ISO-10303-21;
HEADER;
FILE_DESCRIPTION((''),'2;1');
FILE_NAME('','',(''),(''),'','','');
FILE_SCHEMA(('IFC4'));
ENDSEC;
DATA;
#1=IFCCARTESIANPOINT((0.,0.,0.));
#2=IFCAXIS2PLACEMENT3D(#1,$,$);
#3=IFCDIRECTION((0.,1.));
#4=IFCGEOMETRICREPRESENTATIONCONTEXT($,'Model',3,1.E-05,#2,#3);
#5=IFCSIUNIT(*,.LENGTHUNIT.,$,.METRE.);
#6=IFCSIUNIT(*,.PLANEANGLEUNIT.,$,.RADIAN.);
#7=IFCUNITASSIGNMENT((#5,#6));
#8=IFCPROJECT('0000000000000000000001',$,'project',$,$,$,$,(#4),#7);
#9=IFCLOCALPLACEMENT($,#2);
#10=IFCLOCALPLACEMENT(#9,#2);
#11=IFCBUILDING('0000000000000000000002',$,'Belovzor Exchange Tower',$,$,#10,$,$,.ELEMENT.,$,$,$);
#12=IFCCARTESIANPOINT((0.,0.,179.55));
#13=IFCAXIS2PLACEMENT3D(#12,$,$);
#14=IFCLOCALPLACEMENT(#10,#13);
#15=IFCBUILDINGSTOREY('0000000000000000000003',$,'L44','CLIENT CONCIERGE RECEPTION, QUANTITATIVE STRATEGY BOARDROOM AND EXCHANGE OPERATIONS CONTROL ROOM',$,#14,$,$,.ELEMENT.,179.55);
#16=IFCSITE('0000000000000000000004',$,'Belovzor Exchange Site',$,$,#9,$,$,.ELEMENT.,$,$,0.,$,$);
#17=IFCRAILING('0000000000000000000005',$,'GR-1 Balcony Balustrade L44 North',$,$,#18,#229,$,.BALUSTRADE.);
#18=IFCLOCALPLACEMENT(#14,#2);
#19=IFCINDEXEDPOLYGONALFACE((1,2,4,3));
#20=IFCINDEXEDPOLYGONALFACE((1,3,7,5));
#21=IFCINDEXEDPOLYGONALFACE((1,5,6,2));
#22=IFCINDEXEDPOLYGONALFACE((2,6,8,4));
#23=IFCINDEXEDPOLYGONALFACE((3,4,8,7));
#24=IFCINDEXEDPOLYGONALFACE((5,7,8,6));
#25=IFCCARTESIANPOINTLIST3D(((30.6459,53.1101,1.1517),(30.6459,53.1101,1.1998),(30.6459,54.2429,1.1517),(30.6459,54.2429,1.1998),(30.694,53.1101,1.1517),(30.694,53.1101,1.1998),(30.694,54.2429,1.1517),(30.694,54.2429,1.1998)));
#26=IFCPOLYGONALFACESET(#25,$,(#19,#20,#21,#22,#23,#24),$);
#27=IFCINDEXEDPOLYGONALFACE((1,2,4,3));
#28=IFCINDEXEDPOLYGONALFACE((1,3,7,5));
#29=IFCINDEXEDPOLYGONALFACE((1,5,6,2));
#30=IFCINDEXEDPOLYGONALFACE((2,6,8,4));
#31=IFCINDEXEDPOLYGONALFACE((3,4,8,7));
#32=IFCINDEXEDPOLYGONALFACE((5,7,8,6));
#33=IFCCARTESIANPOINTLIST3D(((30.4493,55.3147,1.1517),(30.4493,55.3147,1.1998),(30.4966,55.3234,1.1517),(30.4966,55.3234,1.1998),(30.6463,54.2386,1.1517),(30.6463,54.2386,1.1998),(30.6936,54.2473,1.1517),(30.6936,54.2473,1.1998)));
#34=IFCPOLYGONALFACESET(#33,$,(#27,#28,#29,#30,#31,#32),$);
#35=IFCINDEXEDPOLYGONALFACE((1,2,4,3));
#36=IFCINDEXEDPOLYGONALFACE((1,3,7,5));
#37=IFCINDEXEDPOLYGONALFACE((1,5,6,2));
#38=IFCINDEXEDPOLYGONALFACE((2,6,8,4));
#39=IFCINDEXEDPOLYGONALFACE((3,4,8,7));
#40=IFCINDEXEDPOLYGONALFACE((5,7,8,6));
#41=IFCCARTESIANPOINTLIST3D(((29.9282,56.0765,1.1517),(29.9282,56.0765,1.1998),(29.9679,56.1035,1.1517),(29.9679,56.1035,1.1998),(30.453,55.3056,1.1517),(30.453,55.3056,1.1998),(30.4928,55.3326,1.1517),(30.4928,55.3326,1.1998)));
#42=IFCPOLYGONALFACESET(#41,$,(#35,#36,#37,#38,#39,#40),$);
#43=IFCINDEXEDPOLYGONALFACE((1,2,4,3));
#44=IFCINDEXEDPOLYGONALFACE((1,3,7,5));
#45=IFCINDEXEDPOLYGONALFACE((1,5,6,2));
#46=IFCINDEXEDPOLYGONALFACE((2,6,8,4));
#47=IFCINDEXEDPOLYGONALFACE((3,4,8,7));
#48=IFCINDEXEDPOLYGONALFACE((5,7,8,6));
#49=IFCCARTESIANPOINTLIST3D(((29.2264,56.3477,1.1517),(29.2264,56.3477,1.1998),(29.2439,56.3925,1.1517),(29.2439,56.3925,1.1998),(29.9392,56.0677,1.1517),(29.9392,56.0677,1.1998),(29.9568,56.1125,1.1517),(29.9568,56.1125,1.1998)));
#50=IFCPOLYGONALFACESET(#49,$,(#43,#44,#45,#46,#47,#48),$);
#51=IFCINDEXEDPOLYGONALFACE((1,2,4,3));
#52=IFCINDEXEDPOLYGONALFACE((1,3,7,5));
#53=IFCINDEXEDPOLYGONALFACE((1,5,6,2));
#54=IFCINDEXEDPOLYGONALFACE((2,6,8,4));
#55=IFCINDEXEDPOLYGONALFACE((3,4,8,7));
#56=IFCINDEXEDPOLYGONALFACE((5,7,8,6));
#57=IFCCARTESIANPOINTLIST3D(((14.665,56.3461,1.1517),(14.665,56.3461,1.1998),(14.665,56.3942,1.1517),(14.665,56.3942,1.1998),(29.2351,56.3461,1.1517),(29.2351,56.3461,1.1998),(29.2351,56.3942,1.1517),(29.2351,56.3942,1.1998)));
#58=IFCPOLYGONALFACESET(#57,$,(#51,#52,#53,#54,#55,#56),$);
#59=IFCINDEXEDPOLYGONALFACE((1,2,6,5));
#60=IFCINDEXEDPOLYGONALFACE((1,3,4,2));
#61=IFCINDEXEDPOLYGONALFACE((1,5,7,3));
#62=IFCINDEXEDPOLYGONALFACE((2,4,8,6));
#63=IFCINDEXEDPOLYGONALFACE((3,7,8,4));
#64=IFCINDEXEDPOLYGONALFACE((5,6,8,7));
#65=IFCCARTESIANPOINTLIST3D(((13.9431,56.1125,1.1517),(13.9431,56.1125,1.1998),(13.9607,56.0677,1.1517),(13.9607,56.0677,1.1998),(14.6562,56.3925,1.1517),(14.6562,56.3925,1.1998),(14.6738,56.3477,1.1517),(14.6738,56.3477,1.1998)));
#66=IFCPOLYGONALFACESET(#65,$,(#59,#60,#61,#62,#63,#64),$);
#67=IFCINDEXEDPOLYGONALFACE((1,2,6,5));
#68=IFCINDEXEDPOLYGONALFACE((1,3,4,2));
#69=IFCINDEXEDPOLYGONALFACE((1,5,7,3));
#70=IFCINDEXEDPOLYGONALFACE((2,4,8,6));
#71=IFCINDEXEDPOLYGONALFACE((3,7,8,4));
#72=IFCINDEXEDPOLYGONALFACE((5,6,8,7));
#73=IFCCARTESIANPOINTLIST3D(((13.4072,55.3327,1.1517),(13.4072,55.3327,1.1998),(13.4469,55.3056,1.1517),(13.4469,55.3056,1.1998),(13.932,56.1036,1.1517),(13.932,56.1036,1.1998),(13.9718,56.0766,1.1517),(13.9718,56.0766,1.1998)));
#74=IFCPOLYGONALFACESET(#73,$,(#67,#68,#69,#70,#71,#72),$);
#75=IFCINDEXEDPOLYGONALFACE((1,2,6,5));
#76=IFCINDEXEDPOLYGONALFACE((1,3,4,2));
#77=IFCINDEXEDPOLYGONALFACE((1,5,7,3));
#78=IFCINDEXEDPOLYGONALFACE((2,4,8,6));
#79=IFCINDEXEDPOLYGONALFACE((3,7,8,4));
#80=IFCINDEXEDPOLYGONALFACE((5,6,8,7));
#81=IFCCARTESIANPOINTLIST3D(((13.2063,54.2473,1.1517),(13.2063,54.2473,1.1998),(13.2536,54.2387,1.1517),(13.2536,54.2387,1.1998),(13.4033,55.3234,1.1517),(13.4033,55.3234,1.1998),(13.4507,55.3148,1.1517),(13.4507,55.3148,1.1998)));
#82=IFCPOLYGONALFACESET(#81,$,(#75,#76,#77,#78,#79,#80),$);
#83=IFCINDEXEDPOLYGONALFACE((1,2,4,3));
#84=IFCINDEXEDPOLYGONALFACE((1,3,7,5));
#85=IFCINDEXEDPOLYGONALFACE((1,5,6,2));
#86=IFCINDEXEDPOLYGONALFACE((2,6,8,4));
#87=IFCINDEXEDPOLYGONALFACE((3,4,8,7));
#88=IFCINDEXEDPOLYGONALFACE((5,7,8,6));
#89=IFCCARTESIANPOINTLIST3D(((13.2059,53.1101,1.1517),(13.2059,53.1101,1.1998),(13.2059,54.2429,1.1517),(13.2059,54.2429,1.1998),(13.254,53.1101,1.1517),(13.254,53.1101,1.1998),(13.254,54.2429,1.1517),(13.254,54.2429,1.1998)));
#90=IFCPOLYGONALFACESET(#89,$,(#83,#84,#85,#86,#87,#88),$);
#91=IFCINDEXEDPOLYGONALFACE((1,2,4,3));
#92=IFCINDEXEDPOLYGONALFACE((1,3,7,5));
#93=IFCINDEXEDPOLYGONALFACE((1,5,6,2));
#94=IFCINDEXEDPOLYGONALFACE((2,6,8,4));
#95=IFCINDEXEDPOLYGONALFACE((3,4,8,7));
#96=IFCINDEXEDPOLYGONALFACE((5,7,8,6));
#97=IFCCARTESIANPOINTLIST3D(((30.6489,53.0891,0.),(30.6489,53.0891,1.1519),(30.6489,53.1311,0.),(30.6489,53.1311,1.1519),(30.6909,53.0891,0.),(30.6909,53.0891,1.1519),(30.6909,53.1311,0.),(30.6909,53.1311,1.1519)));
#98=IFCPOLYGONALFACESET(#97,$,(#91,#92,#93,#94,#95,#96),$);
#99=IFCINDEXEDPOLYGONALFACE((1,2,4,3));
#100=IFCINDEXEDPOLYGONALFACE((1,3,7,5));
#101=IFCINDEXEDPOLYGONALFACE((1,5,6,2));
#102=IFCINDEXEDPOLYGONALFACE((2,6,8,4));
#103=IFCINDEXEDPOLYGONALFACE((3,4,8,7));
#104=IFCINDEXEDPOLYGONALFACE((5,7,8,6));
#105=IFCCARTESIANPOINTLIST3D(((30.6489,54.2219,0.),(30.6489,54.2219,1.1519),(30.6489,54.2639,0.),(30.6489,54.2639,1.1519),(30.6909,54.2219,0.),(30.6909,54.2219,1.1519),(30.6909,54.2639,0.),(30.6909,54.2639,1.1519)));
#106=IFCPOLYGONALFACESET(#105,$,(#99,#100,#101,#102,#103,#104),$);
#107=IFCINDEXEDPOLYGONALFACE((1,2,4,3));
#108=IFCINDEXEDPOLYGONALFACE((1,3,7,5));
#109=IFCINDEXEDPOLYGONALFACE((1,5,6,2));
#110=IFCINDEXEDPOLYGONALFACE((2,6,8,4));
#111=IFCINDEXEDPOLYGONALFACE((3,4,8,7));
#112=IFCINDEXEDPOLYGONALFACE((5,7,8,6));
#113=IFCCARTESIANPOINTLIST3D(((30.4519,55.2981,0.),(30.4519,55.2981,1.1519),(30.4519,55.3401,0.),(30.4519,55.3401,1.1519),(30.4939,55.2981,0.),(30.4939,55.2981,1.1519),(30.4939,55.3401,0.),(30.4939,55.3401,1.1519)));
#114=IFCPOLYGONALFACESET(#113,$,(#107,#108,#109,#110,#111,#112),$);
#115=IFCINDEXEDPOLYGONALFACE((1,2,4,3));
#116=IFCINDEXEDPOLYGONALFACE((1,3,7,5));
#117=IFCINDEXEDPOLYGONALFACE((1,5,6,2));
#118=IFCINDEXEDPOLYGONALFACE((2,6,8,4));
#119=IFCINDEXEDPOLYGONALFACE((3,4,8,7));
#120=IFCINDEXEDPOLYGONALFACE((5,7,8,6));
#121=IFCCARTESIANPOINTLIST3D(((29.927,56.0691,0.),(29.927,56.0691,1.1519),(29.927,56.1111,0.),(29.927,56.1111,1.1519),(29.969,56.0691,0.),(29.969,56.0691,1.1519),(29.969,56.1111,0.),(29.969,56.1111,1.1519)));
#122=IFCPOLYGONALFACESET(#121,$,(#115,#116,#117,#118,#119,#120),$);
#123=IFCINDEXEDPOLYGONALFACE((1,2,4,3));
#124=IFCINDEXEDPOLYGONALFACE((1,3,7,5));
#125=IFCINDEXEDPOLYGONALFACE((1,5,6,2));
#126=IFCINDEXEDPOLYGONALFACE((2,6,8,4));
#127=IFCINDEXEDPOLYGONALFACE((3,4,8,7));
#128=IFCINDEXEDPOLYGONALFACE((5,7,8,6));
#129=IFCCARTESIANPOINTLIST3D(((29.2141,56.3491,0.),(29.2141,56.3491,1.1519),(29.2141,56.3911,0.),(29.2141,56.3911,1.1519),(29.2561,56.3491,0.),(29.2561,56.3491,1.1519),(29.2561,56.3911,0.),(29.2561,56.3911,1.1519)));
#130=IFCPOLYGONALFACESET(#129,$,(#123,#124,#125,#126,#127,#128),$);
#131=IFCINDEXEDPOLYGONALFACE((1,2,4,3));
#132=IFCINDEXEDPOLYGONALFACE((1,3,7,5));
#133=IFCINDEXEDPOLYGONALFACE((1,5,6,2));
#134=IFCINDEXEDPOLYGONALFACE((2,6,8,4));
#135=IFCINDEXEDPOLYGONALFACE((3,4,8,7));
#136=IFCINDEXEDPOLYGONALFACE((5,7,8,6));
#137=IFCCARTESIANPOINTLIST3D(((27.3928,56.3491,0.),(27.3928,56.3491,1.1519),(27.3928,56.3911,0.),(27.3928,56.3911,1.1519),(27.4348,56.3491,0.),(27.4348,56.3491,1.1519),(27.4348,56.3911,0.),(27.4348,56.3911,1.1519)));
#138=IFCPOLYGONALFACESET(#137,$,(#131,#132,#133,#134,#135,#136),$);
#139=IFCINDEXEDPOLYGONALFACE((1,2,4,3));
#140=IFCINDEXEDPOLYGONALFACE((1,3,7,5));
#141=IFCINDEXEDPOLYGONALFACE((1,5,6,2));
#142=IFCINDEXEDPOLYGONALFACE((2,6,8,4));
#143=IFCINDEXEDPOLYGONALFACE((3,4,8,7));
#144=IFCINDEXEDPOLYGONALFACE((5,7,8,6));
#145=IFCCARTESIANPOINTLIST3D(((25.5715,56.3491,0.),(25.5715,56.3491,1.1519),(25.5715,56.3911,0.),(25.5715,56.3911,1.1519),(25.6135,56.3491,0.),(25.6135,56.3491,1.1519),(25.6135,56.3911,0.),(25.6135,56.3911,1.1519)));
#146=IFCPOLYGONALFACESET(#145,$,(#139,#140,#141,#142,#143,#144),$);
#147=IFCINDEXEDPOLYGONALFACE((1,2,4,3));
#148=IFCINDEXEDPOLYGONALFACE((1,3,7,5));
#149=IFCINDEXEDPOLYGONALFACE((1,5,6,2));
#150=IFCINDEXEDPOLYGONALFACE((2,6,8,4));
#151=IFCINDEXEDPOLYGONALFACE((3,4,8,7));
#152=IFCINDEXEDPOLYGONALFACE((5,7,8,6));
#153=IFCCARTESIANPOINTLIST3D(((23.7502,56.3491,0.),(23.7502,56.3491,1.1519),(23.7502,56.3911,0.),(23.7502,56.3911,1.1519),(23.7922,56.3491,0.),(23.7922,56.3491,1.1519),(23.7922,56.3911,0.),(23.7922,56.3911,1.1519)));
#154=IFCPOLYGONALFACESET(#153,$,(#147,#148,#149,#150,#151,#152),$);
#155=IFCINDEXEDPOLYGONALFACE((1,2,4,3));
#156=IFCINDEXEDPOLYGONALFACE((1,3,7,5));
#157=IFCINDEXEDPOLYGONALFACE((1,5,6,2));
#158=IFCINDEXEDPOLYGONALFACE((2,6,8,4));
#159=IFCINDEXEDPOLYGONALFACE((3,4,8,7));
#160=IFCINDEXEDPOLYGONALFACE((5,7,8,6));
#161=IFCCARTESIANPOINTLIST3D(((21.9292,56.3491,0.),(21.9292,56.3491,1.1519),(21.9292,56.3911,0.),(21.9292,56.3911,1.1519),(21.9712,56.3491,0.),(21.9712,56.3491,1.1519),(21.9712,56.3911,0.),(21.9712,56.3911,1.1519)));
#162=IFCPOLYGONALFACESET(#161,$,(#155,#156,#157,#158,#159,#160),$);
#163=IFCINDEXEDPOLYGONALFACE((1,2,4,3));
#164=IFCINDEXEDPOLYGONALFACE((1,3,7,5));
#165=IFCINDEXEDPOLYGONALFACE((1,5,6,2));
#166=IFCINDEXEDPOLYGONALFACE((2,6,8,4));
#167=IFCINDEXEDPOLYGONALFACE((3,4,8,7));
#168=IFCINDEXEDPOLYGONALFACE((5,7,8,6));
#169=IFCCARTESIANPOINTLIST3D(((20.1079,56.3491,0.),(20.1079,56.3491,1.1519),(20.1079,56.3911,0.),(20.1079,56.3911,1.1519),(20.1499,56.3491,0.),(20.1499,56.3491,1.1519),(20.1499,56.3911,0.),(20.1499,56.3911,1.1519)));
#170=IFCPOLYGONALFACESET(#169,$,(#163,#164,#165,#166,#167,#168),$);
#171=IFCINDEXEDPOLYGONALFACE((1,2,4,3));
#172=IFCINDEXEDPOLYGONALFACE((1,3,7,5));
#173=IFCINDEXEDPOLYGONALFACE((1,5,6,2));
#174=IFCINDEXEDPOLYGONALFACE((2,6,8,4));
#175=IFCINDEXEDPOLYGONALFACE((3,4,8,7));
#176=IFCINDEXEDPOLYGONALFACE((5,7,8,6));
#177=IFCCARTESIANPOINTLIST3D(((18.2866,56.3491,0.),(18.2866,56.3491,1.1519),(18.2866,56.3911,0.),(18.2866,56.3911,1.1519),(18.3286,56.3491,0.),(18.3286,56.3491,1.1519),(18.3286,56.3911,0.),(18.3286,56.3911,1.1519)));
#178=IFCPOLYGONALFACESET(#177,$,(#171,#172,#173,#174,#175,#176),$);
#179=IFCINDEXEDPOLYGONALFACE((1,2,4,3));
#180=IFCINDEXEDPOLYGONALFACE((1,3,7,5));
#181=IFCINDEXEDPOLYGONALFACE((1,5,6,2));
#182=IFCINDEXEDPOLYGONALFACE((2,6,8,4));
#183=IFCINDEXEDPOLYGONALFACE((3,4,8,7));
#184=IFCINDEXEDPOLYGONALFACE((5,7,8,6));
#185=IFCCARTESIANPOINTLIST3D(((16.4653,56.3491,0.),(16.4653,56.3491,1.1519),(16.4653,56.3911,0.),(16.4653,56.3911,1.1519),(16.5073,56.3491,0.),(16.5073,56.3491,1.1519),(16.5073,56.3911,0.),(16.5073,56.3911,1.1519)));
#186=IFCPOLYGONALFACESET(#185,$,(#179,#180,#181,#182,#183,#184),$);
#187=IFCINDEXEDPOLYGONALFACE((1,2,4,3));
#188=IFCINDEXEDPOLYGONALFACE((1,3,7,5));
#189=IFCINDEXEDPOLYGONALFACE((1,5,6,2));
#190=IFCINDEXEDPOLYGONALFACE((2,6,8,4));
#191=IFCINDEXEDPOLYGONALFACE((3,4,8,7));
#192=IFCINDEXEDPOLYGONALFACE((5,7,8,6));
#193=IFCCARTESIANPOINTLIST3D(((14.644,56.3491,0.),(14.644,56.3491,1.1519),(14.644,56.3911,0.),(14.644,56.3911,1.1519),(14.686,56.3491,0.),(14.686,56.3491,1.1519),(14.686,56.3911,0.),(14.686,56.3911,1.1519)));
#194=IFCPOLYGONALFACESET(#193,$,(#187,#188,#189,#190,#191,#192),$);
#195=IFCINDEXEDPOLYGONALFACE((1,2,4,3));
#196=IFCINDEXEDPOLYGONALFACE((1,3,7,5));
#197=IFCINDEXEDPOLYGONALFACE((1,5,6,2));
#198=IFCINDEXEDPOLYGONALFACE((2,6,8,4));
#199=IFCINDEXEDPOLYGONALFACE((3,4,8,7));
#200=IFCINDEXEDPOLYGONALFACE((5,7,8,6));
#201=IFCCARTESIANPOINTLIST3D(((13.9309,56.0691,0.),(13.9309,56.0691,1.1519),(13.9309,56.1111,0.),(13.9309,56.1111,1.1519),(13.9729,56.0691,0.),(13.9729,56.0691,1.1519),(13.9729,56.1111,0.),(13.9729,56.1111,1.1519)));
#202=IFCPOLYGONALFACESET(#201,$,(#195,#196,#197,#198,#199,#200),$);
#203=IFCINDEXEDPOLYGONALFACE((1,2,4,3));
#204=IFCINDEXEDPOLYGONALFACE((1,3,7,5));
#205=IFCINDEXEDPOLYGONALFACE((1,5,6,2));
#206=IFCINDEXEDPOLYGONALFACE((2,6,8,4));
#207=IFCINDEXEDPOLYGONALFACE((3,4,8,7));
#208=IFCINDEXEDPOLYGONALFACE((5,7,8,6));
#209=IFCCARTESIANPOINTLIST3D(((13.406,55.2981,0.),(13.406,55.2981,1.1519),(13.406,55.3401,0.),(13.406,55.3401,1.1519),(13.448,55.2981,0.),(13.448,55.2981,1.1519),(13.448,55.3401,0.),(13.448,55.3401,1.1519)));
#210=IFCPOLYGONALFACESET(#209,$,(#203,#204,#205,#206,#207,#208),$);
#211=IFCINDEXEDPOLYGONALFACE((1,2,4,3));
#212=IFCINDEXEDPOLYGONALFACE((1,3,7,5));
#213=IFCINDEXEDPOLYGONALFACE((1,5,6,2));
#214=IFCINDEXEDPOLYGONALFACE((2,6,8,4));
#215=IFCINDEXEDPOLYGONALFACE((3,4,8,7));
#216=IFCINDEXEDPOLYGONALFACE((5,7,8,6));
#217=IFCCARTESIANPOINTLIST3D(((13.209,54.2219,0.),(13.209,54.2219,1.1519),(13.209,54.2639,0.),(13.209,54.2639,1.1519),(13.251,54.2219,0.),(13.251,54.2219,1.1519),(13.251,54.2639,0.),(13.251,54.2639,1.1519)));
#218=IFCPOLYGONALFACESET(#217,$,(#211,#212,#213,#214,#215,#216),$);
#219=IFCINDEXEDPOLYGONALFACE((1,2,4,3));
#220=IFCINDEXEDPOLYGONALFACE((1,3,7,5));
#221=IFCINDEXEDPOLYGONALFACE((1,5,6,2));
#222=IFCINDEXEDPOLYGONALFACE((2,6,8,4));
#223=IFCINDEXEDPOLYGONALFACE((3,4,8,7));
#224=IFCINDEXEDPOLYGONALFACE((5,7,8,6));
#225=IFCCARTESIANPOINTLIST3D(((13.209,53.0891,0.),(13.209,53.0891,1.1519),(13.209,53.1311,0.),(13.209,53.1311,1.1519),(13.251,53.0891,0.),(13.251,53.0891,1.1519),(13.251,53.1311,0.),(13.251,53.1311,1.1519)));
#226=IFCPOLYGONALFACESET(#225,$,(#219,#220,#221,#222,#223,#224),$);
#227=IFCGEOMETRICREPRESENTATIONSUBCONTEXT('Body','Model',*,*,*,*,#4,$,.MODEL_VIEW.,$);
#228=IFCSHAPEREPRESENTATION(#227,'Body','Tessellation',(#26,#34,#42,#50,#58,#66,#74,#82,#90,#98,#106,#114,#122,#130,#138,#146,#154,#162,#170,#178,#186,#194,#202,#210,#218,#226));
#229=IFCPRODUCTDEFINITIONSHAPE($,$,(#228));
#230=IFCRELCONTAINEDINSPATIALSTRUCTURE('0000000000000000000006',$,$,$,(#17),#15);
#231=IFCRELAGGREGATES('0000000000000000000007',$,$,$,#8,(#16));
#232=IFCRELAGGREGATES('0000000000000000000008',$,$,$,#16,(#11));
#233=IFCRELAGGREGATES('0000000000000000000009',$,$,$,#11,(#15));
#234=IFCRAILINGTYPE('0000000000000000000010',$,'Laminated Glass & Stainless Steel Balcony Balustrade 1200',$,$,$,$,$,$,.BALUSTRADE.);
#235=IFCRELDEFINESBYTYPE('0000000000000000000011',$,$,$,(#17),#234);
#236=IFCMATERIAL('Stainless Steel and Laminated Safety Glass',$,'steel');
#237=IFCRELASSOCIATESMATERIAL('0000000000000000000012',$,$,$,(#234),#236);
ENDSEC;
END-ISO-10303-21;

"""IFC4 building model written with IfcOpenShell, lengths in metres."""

from ifc_helpers import new_model, si_unit, direction, frame, origin, origin_2d, place, context, subcontext, project, spatial, rectangle, extrude, material, type_object, element, save


model = new_model("IFC4")

# Units and contexts
model_context = context("Model", 3, precision=1e-05, world=origin(), true_north=direction((0.0, 1.0)))
body_context = subcontext(model_context, "Body", "Model", "MODEL_VIEW")
ifc_project = project(units=[si_unit("LENGTHUNIT", "METRE"), si_unit("PLANEANGLEUNIT", "RADIAN")], contexts=[model_context])

# Site, building, storey
site_placement = place(None, origin())
site = spatial("IfcSite", under=ifc_project, at=site_placement, Name="Belovzor Exchange Site", CompositionType="ELEMENT", RefElevation=0.0)
building_placement = place(site_placement, origin())
building = spatial("IfcBuilding", under=site, at=building_placement, Name="Belovzor Exchange Tower", CompositionType="ELEMENT")
storey_placement = place(building_placement, frame((0.0, 0.0, 179.55)))
storey = spatial("IfcBuildingStorey", under=building, at=storey_placement, Name="L44", Description="CLIENT CONCIERGE RECEPTION, QUANTITATIVE STRATEGY BOARDROOM AND EXCHANGE OPERATIONS CONTROL ROOM", CompositionType="ELEMENT", Elevation=179.55)

# Railing
ifc_material_1 = material(Name="Stainless Steel and Laminated Safety Glass", Category="steel")
railing_type = type_object("IfcRailingType", Name="Laminated Glass & Stainless Steel Balcony Balustrade 1200", PredefinedType="BALUSTRADE", material=ifc_material_1)
railing_placement = place(storey_placement, frame((30.6699, 53.1101, 0.0)))
element("IfcRailing", 1, at=railing_placement, inside=storey, type_object=railing_type, Name="GR-1 Balcony Balustrade L44 North", PredefinedType="BALUSTRADE", context=body_context, shape_type="SweptSolid", body=[
    extrude(rectangle(XDim=0.0481, YDim=0.0481, at=origin_2d()), frame((0.0, 0.0, 1.1758), z_axis=(0.0, 1.0, 0.0), x_axis=(-1.0, 0.0, 0.0)), (0.0, 0.0, 1.0), 1.1328),
    extrude(rectangle(XDim=0.0481, YDim=0.0481, at=origin_2d()), frame((0.0, 1.1328, 1.1758), z_axis=(-0.180083, 0.983651, 0.0), x_axis=(-0.983651, -0.180083, 0.0)), (0.0, 0.0, 1.0), 1.094),
    extrude(rectangle(XDim=0.0481, YDim=0.0481, at=origin_2d()), frame((-0.197, 2.209, 1.1758), z_axis=(-0.562768, 0.826615, 0.0), x_axis=(-0.826615, -0.562768, 0.0)), (0.0, 0.0, 1.0), 0.9326),
    extrude(rectangle(XDim=0.0481, YDim=0.0481, at=origin_2d()), frame((-0.7219, 2.98, 1.1758), z_axis=(-0.930767, 0.365613, 0.0), x_axis=(-0.365613, -0.930767, 0.0)), (0.0, 0.0, 1.0), 0.7659),
    extrude(rectangle(XDim=0.0481, YDim=0.0481, at=origin_2d()), frame((-1.4348, 3.26, 1.1758), z_axis=(-1.0, 0.0, 0.0), x_axis=(0.0, -1.0, 0.0)), (0.0, 0.0, 1.0), 14.5701),
    extrude(rectangle(XDim=0.0481, YDim=0.0481, at=origin_2d()), frame((-16.0049, 3.26, 1.1758), z_axis=(-0.93081, -0.365504, 0.0), x_axis=(0.365504, -0.93081, 0.0)), (0.0, 0.0, 1.0), 0.7661),
    extrude(rectangle(XDim=0.0481, YDim=0.0481, at=origin_2d()), frame((-16.718, 2.98, 1.1758), z_axis=(-0.562768, -0.826615, 0.0), x_axis=(0.826615, -0.562768, 0.0)), (0.0, 0.0, 1.0), 0.9326),
    extrude(rectangle(XDim=0.0481, YDim=0.0481, at=origin_2d()), frame((-17.2429, 2.209, 1.1758), z_axis=(-0.180083, -0.983651, 0.0), x_axis=(0.983651, -0.180083, 0.0)), (0.0, 0.0, 1.0), 1.094),
    extrude(rectangle(XDim=0.0481, YDim=0.0481, at=origin_2d()), frame((-17.4399, 1.1328, 1.1758), z_axis=(0.0, -1.0, 0.0), x_axis=(1.0, 0.0, 0.0)), (0.0, 0.0, 1.0), 1.1328),
    extrude(rectangle(XDim=0.042, YDim=0.042, at=origin_2d()), origin(), (0.0, 0.0, 1.0), 1.1519),
    extrude(rectangle(XDim=0.042, YDim=0.042, at=origin_2d()), frame((0.0, 1.1328, 0.0)), (0.0, 0.0, 1.0), 1.1519),
    extrude(rectangle(XDim=0.042, YDim=0.042, at=origin_2d()), frame((-0.197, 2.209, 0.0)), (0.0, 0.0, 1.0), 1.1519),
    extrude(rectangle(XDim=0.042, YDim=0.042, at=origin_2d()), frame((-0.7219, 2.98, 0.0)), (0.0, 0.0, 1.0), 1.1519),
    extrude(rectangle(XDim=0.042, YDim=0.042, at=origin_2d()), frame((-1.4348, 3.26, 0.0)), (0.0, 0.0, 1.0), 1.1519),
    extrude(rectangle(XDim=0.042, YDim=0.042, at=origin_2d()), frame((-3.2561, 3.26, 0.0)), (0.0, 0.0, 1.0), 1.1519),
    extrude(rectangle(XDim=0.042, YDim=0.042, at=origin_2d()), frame((-5.0774, 3.26, 0.0)), (0.0, 0.0, 1.0), 1.1519),
    extrude(rectangle(XDim=0.042, YDim=0.042, at=origin_2d()), frame((-6.8987, 3.26, 0.0)), (0.0, 0.0, 1.0), 1.1519),
    extrude(rectangle(XDim=0.042, YDim=0.042, at=origin_2d()), frame((-8.7197, 3.26, 0.0)), (0.0, 0.0, 1.0), 1.1519),
    extrude(rectangle(XDim=0.042, YDim=0.042, at=origin_2d()), frame((-10.541, 3.26, 0.0)), (0.0, 0.0, 1.0), 1.1519),
    extrude(rectangle(XDim=0.042, YDim=0.042, at=origin_2d()), frame((-12.3623, 3.26, 0.0)), (0.0, 0.0, 1.0), 1.1519),
    extrude(rectangle(XDim=0.042, YDim=0.042, at=origin_2d()), frame((-14.1836, 3.26, 0.0)), (0.0, 0.0, 1.0), 1.1519),
    extrude(rectangle(XDim=0.042, YDim=0.042, at=origin_2d()), frame((-16.0049, 3.26, 0.0)), (0.0, 0.0, 1.0), 1.1519),
    extrude(rectangle(XDim=0.042, YDim=0.042, at=origin_2d()), frame((-16.718, 2.98, 0.0)), (0.0, 0.0, 1.0), 1.1519),
    extrude(rectangle(XDim=0.042, YDim=0.042, at=origin_2d()), frame((-17.2429, 2.209, 0.0)), (0.0, 0.0, 1.0), 1.1519),
    extrude(rectangle(XDim=0.042, YDim=0.042, at=origin_2d()), frame((-17.4399, 1.1328, 0.0)), (0.0, 0.0, 1.0), 1.1519),
    extrude(rectangle(XDim=0.042, YDim=0.042, at=origin_2d()), frame((-17.4399, 0.0, 0.0)), (0.0, 0.0, 1.0), 1.1519),
])

save(model, "model.ifc")
